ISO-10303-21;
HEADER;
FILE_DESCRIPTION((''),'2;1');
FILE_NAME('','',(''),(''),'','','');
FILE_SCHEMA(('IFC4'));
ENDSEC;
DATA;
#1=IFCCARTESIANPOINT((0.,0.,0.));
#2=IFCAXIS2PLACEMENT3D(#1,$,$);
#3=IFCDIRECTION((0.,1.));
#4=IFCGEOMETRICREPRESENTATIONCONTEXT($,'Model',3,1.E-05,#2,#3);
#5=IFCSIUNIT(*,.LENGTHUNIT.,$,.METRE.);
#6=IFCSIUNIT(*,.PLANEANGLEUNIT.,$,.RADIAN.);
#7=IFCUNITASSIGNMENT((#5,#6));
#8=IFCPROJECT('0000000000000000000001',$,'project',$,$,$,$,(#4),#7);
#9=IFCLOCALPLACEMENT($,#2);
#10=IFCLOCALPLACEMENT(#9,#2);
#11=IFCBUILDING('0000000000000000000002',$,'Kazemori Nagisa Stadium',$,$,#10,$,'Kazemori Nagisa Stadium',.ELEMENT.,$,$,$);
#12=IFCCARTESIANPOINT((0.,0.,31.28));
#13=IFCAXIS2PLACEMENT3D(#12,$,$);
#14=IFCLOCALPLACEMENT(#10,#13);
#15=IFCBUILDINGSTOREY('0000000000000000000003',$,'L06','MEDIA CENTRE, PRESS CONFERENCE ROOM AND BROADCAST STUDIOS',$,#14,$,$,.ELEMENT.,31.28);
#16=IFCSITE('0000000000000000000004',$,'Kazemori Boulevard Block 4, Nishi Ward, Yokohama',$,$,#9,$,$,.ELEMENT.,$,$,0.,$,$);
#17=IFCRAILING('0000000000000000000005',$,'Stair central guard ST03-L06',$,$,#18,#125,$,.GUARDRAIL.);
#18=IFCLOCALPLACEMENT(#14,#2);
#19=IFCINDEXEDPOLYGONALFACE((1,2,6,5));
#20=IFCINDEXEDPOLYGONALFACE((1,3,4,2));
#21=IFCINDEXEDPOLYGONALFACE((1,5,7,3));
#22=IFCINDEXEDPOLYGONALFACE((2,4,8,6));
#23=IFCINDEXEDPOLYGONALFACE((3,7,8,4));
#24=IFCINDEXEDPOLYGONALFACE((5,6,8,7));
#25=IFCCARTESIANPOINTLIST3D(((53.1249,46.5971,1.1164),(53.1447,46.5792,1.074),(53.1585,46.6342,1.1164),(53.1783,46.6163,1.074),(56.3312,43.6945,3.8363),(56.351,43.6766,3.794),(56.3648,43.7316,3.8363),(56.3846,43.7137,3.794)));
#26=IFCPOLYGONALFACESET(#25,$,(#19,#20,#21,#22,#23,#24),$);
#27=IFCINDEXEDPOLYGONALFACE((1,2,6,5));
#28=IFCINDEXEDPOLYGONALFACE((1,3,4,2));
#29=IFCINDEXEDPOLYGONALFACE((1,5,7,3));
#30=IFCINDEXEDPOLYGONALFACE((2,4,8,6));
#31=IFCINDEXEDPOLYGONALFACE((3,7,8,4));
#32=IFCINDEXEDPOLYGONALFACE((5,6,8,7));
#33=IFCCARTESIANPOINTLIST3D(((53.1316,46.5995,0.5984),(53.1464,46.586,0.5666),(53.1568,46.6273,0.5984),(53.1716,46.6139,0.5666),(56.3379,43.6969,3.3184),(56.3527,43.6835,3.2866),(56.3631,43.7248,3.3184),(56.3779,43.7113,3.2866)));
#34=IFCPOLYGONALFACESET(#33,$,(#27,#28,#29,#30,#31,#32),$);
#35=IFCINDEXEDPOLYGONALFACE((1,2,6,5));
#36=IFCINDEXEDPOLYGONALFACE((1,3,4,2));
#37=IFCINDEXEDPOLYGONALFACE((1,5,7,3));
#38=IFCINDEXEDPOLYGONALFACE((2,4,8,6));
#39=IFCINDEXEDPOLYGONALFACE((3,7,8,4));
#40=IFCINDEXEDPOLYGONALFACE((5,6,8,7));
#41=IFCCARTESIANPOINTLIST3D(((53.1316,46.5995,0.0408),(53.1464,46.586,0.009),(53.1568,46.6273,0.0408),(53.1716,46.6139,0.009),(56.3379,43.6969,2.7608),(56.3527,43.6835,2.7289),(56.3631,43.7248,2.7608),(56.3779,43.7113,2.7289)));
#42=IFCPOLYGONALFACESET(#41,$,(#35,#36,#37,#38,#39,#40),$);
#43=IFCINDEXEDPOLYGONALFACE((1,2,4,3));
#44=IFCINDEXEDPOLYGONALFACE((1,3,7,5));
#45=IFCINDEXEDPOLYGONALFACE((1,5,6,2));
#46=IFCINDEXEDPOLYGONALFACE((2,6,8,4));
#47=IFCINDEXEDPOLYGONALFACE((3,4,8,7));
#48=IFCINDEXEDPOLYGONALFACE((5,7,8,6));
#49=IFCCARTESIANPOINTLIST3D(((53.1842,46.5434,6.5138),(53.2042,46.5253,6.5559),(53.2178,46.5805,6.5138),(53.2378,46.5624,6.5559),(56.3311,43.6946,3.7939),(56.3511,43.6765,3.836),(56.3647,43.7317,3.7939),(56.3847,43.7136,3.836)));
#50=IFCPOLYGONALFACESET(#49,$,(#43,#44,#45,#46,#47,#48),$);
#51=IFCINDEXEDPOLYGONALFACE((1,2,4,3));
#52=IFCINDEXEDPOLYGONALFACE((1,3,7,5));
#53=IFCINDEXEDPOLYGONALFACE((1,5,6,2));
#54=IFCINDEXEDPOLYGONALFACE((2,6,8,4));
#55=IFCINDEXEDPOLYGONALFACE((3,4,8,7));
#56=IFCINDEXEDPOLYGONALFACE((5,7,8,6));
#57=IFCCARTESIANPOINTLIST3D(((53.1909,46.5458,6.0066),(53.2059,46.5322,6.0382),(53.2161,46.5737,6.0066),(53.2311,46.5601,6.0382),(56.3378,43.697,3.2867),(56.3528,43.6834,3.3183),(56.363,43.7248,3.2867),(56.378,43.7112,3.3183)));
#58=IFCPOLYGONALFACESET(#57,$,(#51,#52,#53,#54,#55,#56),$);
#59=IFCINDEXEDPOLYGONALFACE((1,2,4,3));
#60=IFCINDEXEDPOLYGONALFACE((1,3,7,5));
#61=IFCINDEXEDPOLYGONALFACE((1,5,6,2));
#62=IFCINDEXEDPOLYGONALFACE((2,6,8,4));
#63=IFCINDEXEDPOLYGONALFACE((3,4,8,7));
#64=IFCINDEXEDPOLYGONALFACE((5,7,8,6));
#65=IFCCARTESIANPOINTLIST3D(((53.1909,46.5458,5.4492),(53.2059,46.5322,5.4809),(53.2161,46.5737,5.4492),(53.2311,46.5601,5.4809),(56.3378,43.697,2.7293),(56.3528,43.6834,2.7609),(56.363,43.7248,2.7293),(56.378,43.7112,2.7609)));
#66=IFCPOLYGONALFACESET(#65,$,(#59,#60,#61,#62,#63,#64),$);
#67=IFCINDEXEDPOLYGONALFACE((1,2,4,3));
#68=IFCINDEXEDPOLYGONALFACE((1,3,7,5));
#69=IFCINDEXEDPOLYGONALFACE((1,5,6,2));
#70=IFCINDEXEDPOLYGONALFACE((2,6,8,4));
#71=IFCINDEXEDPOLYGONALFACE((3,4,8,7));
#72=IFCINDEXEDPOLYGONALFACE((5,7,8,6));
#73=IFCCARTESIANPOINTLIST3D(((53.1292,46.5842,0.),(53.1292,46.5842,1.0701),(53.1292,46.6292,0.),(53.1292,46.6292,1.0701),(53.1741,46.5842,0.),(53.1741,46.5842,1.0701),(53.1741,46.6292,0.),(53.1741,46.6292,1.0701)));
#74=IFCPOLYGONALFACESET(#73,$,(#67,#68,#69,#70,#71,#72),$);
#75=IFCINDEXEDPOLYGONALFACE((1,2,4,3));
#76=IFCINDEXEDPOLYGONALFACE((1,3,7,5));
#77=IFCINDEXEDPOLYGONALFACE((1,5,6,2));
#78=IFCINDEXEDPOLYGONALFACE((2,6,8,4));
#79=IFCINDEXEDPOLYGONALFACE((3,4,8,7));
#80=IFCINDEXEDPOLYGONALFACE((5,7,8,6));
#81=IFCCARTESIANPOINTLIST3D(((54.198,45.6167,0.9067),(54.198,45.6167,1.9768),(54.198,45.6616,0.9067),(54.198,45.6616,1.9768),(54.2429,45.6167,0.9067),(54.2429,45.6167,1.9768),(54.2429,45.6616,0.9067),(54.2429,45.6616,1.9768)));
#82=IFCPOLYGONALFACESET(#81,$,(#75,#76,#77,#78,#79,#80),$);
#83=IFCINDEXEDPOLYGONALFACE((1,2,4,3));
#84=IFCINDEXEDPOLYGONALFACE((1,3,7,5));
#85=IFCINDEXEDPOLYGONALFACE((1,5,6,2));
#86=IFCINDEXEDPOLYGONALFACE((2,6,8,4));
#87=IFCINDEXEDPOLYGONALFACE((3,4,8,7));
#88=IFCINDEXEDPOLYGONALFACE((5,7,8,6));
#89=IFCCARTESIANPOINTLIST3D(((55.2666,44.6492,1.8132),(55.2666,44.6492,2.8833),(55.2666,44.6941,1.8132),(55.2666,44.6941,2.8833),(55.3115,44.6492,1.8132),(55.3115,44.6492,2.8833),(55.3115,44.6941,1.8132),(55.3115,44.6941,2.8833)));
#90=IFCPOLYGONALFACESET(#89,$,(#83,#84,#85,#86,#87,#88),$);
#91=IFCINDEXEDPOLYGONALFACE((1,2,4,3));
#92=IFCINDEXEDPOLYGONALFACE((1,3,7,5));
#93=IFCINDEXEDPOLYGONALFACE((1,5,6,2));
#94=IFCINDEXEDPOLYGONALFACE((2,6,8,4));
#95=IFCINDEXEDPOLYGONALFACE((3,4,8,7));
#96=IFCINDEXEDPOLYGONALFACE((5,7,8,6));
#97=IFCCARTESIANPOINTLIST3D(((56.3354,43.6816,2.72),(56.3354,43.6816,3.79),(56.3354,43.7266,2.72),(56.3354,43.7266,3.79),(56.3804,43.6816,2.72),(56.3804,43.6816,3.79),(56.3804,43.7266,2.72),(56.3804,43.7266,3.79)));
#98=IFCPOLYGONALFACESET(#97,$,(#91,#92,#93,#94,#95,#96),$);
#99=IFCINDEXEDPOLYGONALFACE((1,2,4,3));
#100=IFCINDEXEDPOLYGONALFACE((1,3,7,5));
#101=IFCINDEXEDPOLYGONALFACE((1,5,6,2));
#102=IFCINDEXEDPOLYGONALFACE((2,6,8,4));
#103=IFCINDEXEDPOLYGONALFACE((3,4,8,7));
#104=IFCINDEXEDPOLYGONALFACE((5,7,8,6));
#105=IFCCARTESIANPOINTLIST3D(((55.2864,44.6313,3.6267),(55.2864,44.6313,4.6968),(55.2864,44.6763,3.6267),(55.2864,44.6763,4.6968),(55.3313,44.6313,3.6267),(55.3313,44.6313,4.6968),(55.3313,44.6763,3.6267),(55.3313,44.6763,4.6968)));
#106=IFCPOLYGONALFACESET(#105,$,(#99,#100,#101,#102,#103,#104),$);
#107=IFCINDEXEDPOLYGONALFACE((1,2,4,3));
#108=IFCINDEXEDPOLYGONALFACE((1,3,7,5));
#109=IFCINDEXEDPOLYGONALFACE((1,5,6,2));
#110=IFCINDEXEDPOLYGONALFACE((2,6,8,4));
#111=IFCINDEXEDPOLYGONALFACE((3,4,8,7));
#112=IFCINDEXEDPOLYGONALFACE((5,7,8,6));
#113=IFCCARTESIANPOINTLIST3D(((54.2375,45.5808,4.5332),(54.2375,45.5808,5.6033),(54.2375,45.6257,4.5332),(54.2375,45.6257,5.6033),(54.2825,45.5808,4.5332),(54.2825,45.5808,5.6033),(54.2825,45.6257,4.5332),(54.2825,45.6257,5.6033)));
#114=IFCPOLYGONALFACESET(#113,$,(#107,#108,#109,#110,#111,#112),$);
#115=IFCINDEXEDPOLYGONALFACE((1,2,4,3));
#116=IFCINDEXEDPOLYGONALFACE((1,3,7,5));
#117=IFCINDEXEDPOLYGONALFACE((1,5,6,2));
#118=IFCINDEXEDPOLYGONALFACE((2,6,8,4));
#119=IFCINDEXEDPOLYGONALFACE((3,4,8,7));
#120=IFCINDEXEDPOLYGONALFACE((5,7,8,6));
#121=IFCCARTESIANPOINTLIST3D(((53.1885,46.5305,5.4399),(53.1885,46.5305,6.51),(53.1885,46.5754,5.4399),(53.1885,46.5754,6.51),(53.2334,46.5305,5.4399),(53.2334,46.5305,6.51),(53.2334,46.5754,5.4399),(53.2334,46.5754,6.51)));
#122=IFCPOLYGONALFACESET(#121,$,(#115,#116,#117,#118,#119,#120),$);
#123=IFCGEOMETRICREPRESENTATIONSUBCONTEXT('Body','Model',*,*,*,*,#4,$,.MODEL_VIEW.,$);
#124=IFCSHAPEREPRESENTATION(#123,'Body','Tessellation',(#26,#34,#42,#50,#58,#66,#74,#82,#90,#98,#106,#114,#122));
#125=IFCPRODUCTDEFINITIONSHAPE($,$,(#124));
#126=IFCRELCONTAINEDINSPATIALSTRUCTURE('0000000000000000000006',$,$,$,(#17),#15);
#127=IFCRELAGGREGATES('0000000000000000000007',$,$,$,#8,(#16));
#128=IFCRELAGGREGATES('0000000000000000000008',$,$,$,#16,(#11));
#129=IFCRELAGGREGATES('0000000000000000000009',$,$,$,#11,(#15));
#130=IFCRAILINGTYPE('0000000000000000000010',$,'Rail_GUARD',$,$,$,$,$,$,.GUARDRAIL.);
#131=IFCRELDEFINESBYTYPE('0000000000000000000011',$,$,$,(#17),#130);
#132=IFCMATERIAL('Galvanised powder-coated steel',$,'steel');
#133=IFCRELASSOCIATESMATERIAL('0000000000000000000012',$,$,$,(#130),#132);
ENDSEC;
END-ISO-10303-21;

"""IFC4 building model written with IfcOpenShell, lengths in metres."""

from ifc_helpers import new_model, si_unit, direction, frame, origin, origin_2d, place, context, subcontext, project, spatial, rectangle, extrude, material, type_object, element, save


model = new_model("IFC4")

# Units and contexts
model_context = context("Model", 3, precision=1e-05, world=origin(), true_north=direction((0.0, 1.0)))
body_context = subcontext(model_context, "Body", "Model", "MODEL_VIEW")
ifc_project = project(units=[si_unit("LENGTHUNIT", "METRE"), si_unit("PLANEANGLEUNIT", "RADIAN")], contexts=[model_context])

# Site, building, storey
site_placement = place(None, origin())
site = spatial("IfcSite", under=ifc_project, at=site_placement, Name="Kazemori Boulevard Block 4, Nishi Ward, Yokohama", CompositionType="ELEMENT", RefElevation=0.0)
building_placement = place(site_placement, origin())
building = spatial("IfcBuilding", under=site, at=building_placement, Name="Kazemori Nagisa Stadium", LongName="Kazemori Nagisa Stadium", CompositionType="ELEMENT")
storey_placement = place(building_placement, frame((0.0, 0.0, 31.28)))
storey = spatial("IfcBuildingStorey", under=building, at=storey_placement, Name="L06", Description="MEDIA CENTRE, PRESS CONFERENCE ROOM AND BROADCAST STUDIOS", CompositionType="ELEMENT", Elevation=31.28)

# Railing
ifc_material_1 = material(Name="Galvanised powder-coated steel", Category="steel")
railing_type = type_object("IfcRailingType", Name="Rail_GUARD", PredefinedType="GUARDRAIL", material=ifc_material_1)
railing_placement = place(storey_placement, frame((53.1516, 46.6067, 0.0)))
element("IfcRailing", 1, at=railing_placement, inside=storey, type_object=railing_type, Name="Stair central guard ST03-L06", PredefinedType="GUARDRAIL", context=body_context, shape_type="SweptSolid", body=[
    extrude(rectangle(XDim=0.05, YDim=0.05, at=origin_2d()), frame((0.0, 0.0, 1.0952), z_axis=(0.627558, -0.568113, 0.53237), x_axis=(0.671123, 0.741346, 0.0)), (0.0, 0.0, 1.0), 5.1091),
    extrude(rectangle(XDim=0.0376, YDim=0.0376, at=origin_2d()), frame((0.0, 0.0, 0.5825), z_axis=(0.627558, -0.568113, 0.53237), x_axis=(0.671123, 0.741346, 0.0)), (0.0, 0.0, 1.0), 5.1091),
    extrude(rectangle(XDim=0.0376, YDim=0.0376, at=origin_2d()), frame((0.0, 0.0, 0.0249), z_axis=(0.627558, -0.568113, 0.53237), x_axis=(0.671123, 0.741346, 0.0)), (0.0, 0.0, 1.0), 5.1091),
    extrude(rectangle(XDim=0.05, YDim=0.05, at=origin_2d()), frame((3.2063, -2.9026, 3.8149), z_axis=(-0.624201, 0.565073, 0.539505), x_axis=(-0.671123, -0.741346, 0.0)), (0.0, 0.0, 1.0), 5.0415),
    extrude(rectangle(XDim=0.0376, YDim=0.0376, at=origin_2d()), frame((3.2063, -2.9026, 3.3025), z_axis=(-0.624201, 0.565073, 0.539505), x_axis=(-0.671123, -0.741346, 0.0)), (0.0, 0.0, 1.0), 5.0415),
    extrude(rectangle(XDim=0.0376, YDim=0.0376, at=origin_2d()), frame((3.2063, -2.9026, 2.7451), z_axis=(-0.624201, 0.565073, 0.539505), x_axis=(-0.671123, -0.741346, 0.0)), (0.0, 0.0, 1.0), 5.0415),
    extrude(rectangle(XDim=0.0449, YDim=0.0449, at=origin_2d()), origin(), (0.0, 0.0, 1.0), 1.0701),
    extrude(rectangle(XDim=0.0449, YDim=0.0449, at=origin_2d()), frame((1.0688, -0.9675, 0.9067)), (0.0, 0.0, 1.0), 1.0701),
    extrude(rectangle(XDim=0.0449, YDim=0.0449, at=origin_2d()), frame((2.1375, -1.9351, 1.8132)), (0.0, 0.0, 1.0), 1.0701),
    extrude(rectangle(XDim=0.0449, YDim=0.0449, at=origin_2d()), frame((3.2063, -2.9026, 2.72)), (0.0, 0.0, 1.0), 1.0701),
    extrude(rectangle(XDim=0.0449, YDim=0.0449, at=origin_2d()), frame((2.1572, -1.9529, 3.6267)), (0.0, 0.0, 1.0), 1.0701),
    extrude(rectangle(XDim=0.0449, YDim=0.0449, at=origin_2d()), frame((1.1084, -1.0034, 4.5332)), (0.0, 0.0, 1.0), 1.0701),
    extrude(rectangle(XDim=0.0449, YDim=0.0449, at=origin_2d()), frame((0.0593, -0.0537, 5.4399)), (0.0, 0.0, 1.0), 1.0701),
])

save(model, "model.ifc")
